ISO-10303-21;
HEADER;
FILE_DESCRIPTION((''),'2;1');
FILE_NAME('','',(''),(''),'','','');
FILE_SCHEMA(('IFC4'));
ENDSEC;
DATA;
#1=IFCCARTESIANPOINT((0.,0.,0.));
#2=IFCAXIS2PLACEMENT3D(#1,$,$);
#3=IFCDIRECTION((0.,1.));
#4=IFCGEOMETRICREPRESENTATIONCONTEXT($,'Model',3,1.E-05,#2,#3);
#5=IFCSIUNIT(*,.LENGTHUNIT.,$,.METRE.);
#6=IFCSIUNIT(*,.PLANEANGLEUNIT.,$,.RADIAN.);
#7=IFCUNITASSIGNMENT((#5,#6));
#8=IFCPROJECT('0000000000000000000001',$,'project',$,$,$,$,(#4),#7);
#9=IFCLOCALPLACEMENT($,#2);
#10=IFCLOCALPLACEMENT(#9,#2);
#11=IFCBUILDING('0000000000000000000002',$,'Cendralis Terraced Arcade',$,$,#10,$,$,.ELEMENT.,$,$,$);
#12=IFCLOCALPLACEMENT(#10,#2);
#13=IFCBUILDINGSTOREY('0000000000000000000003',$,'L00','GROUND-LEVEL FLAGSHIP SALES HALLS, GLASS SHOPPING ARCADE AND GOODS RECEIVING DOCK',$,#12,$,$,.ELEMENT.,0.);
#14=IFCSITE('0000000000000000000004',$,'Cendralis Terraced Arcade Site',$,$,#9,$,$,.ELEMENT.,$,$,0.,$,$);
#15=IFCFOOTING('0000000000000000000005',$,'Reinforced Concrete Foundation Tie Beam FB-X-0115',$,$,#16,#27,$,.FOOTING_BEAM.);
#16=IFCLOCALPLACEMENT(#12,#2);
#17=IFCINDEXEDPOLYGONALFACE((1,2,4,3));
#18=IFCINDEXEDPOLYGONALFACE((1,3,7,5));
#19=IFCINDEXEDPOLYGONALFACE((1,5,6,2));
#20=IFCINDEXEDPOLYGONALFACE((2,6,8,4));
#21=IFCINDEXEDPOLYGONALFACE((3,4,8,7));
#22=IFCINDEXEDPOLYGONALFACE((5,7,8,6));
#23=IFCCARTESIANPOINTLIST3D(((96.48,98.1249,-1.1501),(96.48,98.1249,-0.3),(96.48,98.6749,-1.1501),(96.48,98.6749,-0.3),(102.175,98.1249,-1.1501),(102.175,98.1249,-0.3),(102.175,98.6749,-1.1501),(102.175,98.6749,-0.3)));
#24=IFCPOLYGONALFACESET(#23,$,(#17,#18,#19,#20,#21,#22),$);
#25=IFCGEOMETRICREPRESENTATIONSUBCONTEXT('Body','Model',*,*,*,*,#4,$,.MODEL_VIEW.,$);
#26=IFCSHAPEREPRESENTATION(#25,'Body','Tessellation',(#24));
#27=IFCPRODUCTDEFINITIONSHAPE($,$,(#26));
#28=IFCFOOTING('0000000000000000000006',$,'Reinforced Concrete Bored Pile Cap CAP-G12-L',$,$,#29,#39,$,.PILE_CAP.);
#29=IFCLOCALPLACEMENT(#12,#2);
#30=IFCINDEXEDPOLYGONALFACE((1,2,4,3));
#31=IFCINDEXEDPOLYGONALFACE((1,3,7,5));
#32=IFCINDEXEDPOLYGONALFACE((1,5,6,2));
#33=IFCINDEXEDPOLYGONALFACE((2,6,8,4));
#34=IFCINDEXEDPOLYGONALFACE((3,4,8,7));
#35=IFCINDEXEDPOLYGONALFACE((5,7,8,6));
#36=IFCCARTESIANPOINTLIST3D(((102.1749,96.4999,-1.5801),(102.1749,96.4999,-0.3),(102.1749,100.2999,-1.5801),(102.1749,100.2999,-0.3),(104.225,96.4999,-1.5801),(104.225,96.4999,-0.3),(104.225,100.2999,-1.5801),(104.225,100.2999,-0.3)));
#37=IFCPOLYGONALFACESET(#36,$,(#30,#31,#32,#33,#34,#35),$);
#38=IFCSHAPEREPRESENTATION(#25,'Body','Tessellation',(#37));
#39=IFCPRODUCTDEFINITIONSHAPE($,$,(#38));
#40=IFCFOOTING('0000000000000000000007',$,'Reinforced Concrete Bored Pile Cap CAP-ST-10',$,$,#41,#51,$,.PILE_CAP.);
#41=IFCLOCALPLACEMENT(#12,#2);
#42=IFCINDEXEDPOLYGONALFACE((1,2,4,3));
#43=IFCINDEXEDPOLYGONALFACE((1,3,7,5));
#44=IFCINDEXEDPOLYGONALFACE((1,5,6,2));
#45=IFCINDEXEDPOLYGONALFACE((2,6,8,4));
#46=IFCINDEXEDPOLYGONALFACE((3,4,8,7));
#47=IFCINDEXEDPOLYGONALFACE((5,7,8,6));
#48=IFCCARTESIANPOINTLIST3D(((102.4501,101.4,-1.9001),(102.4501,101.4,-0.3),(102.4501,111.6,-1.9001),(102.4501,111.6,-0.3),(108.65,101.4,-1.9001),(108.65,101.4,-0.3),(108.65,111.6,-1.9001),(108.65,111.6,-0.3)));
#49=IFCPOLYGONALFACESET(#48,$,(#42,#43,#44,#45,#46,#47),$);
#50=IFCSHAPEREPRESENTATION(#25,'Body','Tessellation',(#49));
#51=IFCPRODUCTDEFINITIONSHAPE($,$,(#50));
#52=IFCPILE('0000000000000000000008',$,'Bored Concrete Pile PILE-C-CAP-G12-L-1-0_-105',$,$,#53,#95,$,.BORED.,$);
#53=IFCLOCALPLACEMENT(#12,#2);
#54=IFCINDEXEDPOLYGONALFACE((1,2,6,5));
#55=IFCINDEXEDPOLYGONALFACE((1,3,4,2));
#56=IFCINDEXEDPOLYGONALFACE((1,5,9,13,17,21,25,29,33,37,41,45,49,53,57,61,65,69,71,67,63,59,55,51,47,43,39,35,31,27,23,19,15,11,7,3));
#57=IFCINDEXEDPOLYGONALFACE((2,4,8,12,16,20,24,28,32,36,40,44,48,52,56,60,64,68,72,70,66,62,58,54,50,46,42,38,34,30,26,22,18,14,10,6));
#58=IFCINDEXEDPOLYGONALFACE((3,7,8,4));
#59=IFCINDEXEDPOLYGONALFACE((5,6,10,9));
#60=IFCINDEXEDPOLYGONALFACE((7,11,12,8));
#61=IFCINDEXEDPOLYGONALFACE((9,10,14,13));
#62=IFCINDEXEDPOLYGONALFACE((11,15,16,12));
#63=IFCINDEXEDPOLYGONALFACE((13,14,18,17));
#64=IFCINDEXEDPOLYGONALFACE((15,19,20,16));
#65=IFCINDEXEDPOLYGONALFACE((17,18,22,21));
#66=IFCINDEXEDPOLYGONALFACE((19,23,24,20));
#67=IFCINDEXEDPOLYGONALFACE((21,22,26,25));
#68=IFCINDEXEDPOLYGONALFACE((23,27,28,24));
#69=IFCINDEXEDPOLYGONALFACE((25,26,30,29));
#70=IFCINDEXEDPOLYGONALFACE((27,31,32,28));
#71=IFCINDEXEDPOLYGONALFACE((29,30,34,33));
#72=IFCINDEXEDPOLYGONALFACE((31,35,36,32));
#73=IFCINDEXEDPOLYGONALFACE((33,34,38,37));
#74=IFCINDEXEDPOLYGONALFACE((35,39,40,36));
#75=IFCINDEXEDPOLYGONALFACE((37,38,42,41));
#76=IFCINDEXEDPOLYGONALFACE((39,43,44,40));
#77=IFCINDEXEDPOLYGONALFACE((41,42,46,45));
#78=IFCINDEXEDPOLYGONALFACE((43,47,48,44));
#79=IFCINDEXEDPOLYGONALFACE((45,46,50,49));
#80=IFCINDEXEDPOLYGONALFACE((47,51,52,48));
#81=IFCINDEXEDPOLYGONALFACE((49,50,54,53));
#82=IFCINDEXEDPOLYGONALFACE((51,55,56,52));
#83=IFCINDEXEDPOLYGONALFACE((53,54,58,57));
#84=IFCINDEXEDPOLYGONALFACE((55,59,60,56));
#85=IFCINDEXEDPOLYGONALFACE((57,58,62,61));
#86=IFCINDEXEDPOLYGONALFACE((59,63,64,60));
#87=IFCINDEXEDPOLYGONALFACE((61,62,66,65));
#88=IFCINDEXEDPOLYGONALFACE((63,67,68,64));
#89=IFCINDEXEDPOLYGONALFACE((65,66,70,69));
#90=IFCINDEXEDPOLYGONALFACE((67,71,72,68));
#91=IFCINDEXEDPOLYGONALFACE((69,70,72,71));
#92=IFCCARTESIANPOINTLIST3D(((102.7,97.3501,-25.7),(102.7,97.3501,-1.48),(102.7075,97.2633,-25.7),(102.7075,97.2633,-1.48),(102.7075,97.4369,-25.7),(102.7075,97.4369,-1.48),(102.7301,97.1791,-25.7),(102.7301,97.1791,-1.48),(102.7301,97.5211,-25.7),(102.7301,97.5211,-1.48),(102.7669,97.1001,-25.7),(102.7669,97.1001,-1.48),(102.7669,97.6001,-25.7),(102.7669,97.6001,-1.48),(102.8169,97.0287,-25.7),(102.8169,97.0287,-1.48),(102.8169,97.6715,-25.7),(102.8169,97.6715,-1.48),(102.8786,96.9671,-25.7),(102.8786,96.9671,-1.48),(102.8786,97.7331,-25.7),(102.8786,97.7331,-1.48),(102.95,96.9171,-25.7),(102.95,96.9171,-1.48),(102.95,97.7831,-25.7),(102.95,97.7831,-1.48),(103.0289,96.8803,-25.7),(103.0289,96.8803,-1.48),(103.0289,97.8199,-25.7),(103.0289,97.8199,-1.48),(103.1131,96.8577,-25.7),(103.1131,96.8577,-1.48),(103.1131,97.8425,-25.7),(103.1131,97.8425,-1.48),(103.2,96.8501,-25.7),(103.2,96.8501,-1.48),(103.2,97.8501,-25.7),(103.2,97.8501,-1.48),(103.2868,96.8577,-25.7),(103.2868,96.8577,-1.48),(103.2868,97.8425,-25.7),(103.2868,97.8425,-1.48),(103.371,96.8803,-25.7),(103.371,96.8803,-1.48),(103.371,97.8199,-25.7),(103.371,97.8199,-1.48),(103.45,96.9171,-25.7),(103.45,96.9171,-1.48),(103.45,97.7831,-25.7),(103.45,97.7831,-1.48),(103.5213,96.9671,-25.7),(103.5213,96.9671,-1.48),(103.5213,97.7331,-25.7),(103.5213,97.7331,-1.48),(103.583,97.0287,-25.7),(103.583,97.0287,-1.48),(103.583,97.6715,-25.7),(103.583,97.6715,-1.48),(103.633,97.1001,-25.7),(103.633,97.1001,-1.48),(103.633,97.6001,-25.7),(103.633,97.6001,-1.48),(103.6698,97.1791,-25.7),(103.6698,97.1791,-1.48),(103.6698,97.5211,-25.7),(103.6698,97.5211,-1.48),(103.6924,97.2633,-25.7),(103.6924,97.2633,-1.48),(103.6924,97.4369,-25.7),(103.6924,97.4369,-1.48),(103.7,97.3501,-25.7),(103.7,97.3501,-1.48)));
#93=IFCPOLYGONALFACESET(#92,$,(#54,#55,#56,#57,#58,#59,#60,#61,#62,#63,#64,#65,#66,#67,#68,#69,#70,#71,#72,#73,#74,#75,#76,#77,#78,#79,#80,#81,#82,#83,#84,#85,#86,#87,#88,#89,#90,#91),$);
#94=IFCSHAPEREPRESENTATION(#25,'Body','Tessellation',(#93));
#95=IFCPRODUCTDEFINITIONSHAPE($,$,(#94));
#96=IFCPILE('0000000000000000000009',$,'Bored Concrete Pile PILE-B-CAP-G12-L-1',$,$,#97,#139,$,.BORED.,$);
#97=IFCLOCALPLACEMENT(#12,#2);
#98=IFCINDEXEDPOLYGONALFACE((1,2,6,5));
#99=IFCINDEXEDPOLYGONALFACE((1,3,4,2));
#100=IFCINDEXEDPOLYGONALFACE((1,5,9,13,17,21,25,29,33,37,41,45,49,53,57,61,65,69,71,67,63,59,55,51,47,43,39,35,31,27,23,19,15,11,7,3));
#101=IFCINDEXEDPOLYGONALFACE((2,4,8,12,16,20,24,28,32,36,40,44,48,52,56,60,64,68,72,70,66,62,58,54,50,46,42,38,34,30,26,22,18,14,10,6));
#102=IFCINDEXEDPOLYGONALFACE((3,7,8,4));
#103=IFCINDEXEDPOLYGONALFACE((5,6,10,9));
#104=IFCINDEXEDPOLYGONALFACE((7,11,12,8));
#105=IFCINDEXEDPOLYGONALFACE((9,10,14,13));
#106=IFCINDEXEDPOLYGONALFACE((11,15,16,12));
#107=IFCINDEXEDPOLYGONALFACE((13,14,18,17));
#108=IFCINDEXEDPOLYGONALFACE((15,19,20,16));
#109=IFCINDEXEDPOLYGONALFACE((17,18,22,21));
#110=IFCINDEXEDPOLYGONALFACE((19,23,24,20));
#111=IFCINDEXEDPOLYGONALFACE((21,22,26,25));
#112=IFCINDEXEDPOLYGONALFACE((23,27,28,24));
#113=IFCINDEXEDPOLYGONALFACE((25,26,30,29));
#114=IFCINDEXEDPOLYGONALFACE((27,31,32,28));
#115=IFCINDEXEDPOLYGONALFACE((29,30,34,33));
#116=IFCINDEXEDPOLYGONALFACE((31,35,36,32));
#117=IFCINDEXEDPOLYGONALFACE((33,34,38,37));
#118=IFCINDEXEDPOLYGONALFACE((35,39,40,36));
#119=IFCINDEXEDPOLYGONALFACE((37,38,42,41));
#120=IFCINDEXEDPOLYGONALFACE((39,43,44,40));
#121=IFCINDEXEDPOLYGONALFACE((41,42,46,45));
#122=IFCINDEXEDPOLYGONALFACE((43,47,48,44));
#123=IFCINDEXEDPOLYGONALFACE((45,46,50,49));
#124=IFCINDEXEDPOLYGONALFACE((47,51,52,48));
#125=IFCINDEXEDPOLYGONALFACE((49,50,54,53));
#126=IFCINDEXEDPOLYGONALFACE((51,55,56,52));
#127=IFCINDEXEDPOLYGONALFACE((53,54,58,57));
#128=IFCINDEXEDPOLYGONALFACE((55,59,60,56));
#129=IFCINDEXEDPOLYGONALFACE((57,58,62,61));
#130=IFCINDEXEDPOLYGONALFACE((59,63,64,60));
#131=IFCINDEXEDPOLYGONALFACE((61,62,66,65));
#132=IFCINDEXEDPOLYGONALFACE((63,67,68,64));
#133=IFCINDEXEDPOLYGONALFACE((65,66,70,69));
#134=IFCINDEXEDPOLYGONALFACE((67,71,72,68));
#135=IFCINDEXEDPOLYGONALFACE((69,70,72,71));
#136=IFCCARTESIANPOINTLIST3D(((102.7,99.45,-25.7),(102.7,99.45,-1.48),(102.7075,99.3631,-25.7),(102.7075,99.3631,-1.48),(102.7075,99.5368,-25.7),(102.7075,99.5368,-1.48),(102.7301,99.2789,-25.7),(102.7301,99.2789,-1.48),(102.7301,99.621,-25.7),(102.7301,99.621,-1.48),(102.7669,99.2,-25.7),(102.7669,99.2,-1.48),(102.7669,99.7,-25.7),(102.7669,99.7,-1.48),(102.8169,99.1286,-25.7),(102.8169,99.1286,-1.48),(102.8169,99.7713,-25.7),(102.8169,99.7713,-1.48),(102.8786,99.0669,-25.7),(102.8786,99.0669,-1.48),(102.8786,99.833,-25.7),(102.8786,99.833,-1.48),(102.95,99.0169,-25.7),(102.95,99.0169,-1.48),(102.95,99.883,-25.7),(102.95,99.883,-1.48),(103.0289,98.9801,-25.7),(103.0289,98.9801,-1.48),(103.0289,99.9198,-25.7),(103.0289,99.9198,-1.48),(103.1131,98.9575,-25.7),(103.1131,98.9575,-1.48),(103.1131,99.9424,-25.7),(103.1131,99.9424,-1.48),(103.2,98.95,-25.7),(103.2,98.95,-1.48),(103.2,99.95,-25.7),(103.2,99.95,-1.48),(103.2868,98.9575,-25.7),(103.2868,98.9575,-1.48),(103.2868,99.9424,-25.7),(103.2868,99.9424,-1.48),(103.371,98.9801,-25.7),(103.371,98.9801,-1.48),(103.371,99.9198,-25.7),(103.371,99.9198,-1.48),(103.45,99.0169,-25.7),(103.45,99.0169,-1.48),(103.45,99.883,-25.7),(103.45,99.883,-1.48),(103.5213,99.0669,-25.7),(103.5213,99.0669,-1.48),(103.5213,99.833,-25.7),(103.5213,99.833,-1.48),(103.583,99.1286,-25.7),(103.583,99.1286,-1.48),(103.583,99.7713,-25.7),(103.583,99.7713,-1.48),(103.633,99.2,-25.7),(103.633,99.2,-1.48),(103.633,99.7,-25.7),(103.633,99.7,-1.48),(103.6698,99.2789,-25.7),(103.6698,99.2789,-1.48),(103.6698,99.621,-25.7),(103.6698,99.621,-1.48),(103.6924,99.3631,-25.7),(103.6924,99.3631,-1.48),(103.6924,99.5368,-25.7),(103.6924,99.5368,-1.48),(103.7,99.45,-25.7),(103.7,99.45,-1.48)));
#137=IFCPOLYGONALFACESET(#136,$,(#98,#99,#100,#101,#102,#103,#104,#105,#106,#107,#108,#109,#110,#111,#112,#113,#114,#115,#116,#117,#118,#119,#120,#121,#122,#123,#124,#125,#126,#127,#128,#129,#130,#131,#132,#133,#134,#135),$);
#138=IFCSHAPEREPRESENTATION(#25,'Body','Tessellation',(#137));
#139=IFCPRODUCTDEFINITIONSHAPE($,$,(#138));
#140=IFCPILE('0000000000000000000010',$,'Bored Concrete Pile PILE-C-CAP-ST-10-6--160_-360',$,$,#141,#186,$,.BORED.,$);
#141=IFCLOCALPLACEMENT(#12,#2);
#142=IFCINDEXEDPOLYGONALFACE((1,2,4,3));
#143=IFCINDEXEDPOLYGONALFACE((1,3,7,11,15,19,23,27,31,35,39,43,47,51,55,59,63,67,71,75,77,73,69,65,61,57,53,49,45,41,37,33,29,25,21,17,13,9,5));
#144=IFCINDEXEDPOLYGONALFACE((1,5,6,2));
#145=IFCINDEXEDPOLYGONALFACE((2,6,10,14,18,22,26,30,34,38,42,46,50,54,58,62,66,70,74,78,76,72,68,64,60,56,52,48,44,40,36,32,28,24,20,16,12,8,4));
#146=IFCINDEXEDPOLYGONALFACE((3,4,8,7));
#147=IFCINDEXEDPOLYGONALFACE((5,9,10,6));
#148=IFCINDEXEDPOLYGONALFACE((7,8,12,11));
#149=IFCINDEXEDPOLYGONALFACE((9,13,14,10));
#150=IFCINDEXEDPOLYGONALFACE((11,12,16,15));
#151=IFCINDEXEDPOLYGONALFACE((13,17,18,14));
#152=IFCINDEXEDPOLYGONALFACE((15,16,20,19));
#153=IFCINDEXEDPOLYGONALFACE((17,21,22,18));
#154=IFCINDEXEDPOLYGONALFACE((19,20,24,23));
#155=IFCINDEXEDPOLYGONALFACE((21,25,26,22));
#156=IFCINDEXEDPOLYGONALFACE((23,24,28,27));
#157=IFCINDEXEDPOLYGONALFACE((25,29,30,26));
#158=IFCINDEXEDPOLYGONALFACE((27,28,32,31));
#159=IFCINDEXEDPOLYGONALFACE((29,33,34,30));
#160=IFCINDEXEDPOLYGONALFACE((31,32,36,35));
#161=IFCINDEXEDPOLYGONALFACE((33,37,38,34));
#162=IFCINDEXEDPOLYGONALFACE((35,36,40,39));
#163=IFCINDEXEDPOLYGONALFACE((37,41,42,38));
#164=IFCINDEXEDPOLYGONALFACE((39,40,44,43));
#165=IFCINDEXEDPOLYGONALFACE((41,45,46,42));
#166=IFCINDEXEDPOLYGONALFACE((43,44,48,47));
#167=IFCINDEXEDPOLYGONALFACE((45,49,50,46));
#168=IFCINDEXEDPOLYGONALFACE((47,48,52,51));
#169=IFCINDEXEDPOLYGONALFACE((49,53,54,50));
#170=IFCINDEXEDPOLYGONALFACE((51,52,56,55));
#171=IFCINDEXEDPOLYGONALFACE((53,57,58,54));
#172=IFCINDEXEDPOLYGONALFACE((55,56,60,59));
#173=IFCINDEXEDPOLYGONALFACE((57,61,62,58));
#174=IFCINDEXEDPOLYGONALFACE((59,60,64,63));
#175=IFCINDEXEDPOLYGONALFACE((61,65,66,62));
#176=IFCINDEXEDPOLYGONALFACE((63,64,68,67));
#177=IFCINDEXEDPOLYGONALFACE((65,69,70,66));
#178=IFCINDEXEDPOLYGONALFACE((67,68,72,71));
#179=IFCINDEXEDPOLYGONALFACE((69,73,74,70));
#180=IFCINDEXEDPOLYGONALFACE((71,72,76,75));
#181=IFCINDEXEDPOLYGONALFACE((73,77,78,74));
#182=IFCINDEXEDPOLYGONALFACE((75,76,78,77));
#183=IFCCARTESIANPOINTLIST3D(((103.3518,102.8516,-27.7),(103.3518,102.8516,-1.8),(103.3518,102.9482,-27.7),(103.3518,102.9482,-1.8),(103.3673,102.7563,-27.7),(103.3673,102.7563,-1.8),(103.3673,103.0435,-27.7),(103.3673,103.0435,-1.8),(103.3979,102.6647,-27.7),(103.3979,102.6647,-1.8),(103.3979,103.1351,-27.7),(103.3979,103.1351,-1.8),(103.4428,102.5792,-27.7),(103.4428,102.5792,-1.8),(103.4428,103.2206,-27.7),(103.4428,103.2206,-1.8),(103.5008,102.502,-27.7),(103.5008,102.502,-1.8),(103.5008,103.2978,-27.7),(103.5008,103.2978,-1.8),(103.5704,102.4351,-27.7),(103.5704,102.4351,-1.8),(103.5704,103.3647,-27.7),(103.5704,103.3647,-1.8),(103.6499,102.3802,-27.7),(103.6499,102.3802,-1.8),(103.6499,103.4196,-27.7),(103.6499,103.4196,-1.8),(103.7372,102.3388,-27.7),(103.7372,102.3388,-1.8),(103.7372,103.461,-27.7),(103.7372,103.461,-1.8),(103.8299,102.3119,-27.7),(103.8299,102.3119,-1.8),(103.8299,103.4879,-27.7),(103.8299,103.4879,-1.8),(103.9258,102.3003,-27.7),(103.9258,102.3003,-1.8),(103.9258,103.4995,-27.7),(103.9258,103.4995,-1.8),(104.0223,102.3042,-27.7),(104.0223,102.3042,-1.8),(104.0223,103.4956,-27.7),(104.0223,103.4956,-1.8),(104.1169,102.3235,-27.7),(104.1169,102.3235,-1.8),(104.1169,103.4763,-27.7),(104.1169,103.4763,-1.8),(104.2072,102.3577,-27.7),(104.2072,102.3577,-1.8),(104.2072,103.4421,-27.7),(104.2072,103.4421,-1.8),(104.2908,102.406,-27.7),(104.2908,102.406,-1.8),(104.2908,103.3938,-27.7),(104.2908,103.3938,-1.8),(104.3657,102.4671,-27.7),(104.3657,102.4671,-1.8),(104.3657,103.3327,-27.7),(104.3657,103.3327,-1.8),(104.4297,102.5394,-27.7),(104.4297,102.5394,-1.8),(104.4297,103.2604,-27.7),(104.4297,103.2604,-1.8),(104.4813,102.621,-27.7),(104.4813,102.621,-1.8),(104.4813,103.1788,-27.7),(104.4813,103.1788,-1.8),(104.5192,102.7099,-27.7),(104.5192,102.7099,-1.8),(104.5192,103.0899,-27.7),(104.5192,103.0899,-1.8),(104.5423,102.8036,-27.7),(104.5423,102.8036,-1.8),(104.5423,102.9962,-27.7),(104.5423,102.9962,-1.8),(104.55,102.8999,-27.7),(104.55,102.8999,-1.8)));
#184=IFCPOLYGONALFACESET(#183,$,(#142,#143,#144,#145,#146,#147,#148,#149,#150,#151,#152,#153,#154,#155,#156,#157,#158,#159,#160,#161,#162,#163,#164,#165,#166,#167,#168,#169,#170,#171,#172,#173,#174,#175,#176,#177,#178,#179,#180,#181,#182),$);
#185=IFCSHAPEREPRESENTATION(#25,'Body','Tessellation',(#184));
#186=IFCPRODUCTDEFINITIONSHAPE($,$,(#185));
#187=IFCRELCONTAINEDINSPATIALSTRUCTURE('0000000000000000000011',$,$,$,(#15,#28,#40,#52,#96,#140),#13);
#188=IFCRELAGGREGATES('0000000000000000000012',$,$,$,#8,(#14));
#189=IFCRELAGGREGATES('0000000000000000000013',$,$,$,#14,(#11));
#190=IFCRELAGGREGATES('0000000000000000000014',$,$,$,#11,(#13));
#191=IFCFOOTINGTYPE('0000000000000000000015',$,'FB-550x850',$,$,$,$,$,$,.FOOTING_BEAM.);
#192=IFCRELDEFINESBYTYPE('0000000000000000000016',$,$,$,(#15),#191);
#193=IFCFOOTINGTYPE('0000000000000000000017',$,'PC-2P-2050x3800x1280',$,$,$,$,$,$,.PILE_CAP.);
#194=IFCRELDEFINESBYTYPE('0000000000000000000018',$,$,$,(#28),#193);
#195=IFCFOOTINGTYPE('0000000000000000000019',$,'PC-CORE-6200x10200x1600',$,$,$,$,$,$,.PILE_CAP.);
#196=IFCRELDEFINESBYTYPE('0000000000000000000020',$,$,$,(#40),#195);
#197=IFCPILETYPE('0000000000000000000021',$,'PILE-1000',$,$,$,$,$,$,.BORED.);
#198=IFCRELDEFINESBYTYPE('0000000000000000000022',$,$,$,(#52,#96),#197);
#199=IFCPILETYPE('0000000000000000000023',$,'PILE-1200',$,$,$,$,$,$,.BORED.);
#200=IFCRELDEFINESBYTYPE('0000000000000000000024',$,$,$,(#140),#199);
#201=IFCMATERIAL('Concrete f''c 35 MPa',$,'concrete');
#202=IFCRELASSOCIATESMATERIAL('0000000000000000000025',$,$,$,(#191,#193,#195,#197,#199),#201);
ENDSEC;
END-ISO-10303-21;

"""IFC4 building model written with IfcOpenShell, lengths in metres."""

from ifc_helpers import new_model, si_unit, direction, frame, origin, origin_2d, place, context, subcontext, project, spatial, rectangle, circle, extrude, material, material_profile, profile_set, type_object, element, save


model = new_model("IFC4")

# Units and contexts
model_context = context("Model", 3, precision=1e-05, world=origin(), true_north=direction((0.0, 1.0)))
body_context = subcontext(model_context, "Body", "Model", "MODEL_VIEW")
ifc_project = project(units=[si_unit("LENGTHUNIT", "METRE"), si_unit("PLANEANGLEUNIT", "RADIAN")], contexts=[model_context])

# Site, building, storey
site_placement = place(None, origin())
site = spatial("IfcSite", under=ifc_project, at=site_placement, Name="Cendralis Terraced Arcade Site", CompositionType="ELEMENT", RefElevation=0.0)
building_placement = place(site_placement, origin())
building = spatial("IfcBuilding", under=site, at=building_placement, Name="Cendralis Terraced Arcade", CompositionType="ELEMENT")
storey_placement = place(building_placement, origin())
storey = spatial("IfcBuildingStorey", under=building, at=storey_placement, Name="L00", Description="GROUND-LEVEL FLAGSHIP SALES HALLS, GLASS SHOPPING ARCADE AND GOODS RECEIVING DOCK", CompositionType="ELEMENT", Elevation=0.0)

# Footings
ifc_material_1 = material(Name="Concrete f'c 35 MPa", Category="concrete")
ifc_material_profile_1 = material_profile(ifc_material_1, rectangle(XDim=0.55, YDim=0.8501, at=origin_2d()), Name="FB-550x850", Category="LoadBearing")
ifc_profile_set_1 = profile_set([ifc_material_profile_1], Name="Concrete f'c 35 MPa")
footing_type_1 = type_object("IfcFootingType", Name="FB-550x850", PredefinedType="FOOTING_BEAM", material=ifc_profile_set_1)
footing_1_placement = place(storey_placement, frame((96.48, 98.3999, -0.7251), z_axis=(1.0, 0.0, 0.0), x_axis=(0.0, 1.0, 0.0)))
element("IfcFooting", 1, at=footing_1_placement, inside=storey, type_object=footing_type_1, Name="Reinforced Concrete Foundation Tie Beam FB-X-0115", PredefinedType="FOOTING_BEAM", context=body_context, shape_type="SweptSolid", body=[
    extrude(rectangle(XDim=0.55, YDim=0.8501, at=origin_2d()), origin(), (0.0, 0.0, 1.0), 5.6951),
])
footing_type_2 = type_object("IfcFootingType", Name="PC-2P-2050x3800x1280", PredefinedType="PILE_CAP", material=ifc_material_1)
footing_2_placement = place(storey_placement, frame((103.2, 98.3999, -1.5801), z_axis=(0.0, 0.0, 1.0), x_axis=(1.0, 0.0, 0.0)))
element("IfcFooting", 2, at=footing_2_placement, inside=storey, type_object=footing_type_2, Name="Reinforced Concrete Bored Pile Cap CAP-G12-L", PredefinedType="PILE_CAP", context=body_context, shape_type="SweptSolid", body=[
    extrude(rectangle(XDim=2.05, YDim=3.8, at=origin_2d()), origin(), (0.0, 0.0, 1.0), 1.28),
])
footing_type_3 = type_object("IfcFootingType", Name="PC-CORE-6200x10200x1600", PredefinedType="PILE_CAP", material=ifc_material_1)
footing_3_placement = place(storey_placement, frame((105.55, 106.5, -1.9001), z_axis=(0.0, 0.0, 1.0), x_axis=(1.0, 0.0, 0.0)))
element("IfcFooting", 3, at=footing_3_placement, inside=storey, type_object=footing_type_3, Name="Reinforced Concrete Bored Pile Cap CAP-ST-10", PredefinedType="PILE_CAP", context=body_context, shape_type="SweptSolid", body=[
    extrude(rectangle(XDim=6.2, YDim=10.2, at=origin_2d()), origin(), (0.0, 0.0, 1.0), 1.6001),
])

# Piles
ifc_material_profile_2 = material_profile(ifc_material_1, circle(Radius=0.5, at=origin_2d()), Name="PILE-D1000", Category="LoadBearing")
ifc_profile_set_2 = profile_set([ifc_material_profile_2], Name="Concrete f'c 35 MPa")
pile_type_1 = type_object("IfcPileType", Name="PILE-1000", PredefinedType="BORED", material=ifc_profile_set_2)
for number, where, z_axis, x_axis, name in (
    (4, (103.2, 97.3501, -1.48), (0.0, 0.0, -1.0), (1.0, 0.0, 0.0), "Bored Concrete Pile PILE-C-CAP-G12-L-1-0_-105"),
    (5, (103.2, 99.45, -1.48), (0.0, 0.0, -1.0), (1.0, 0.0, 0.0), "Bored Concrete Pile PILE-B-CAP-G12-L-1"),
):
    element("IfcPile", number, at=place(storey_placement, frame(where, z_axis=z_axis, x_axis=x_axis)), inside=storey, type_object=pile_type_1, Name=name, PredefinedType="BORED", context=body_context, shape_type="SweptSolid", body=[
        extrude(circle(Radius=0.5, at=origin_2d()), origin(), (0.0, 0.0, 1.0), 24.22),
    ])
ifc_material_profile_3 = material_profile(ifc_material_1, circle(Radius=0.6001, at=origin_2d()), Name="PILE-D1200", Category="LoadBearing")
ifc_profile_set_3 = profile_set([ifc_material_profile_3], Name="Concrete f'c 35 MPa")
pile_type_2 = type_object("IfcPileType", Name="PILE-1200", PredefinedType="BORED", material=ifc_profile_set_3)
for number, where, z_axis, x_axis, name in (
    (6, (103.95, 102.8999, -1.8), (0.0, 0.0, -1.0), (1.0, 0.0, 0.0), "Bored Concrete Pile PILE-C-CAP-ST-10-6--160_-360"),
):
    element("IfcPile", number, at=place(storey_placement, frame(where, z_axis=z_axis, x_axis=x_axis)), inside=storey, type_object=pile_type_2, Name=name, PredefinedType="BORED", context=body_context, shape_type="SweptSolid", body=[
        extrude(circle(Radius=0.6001, at=origin_2d()), origin(), (0.0, 0.0, 1.0), 25.8999),
    ])

save(model, "model.ifc")
